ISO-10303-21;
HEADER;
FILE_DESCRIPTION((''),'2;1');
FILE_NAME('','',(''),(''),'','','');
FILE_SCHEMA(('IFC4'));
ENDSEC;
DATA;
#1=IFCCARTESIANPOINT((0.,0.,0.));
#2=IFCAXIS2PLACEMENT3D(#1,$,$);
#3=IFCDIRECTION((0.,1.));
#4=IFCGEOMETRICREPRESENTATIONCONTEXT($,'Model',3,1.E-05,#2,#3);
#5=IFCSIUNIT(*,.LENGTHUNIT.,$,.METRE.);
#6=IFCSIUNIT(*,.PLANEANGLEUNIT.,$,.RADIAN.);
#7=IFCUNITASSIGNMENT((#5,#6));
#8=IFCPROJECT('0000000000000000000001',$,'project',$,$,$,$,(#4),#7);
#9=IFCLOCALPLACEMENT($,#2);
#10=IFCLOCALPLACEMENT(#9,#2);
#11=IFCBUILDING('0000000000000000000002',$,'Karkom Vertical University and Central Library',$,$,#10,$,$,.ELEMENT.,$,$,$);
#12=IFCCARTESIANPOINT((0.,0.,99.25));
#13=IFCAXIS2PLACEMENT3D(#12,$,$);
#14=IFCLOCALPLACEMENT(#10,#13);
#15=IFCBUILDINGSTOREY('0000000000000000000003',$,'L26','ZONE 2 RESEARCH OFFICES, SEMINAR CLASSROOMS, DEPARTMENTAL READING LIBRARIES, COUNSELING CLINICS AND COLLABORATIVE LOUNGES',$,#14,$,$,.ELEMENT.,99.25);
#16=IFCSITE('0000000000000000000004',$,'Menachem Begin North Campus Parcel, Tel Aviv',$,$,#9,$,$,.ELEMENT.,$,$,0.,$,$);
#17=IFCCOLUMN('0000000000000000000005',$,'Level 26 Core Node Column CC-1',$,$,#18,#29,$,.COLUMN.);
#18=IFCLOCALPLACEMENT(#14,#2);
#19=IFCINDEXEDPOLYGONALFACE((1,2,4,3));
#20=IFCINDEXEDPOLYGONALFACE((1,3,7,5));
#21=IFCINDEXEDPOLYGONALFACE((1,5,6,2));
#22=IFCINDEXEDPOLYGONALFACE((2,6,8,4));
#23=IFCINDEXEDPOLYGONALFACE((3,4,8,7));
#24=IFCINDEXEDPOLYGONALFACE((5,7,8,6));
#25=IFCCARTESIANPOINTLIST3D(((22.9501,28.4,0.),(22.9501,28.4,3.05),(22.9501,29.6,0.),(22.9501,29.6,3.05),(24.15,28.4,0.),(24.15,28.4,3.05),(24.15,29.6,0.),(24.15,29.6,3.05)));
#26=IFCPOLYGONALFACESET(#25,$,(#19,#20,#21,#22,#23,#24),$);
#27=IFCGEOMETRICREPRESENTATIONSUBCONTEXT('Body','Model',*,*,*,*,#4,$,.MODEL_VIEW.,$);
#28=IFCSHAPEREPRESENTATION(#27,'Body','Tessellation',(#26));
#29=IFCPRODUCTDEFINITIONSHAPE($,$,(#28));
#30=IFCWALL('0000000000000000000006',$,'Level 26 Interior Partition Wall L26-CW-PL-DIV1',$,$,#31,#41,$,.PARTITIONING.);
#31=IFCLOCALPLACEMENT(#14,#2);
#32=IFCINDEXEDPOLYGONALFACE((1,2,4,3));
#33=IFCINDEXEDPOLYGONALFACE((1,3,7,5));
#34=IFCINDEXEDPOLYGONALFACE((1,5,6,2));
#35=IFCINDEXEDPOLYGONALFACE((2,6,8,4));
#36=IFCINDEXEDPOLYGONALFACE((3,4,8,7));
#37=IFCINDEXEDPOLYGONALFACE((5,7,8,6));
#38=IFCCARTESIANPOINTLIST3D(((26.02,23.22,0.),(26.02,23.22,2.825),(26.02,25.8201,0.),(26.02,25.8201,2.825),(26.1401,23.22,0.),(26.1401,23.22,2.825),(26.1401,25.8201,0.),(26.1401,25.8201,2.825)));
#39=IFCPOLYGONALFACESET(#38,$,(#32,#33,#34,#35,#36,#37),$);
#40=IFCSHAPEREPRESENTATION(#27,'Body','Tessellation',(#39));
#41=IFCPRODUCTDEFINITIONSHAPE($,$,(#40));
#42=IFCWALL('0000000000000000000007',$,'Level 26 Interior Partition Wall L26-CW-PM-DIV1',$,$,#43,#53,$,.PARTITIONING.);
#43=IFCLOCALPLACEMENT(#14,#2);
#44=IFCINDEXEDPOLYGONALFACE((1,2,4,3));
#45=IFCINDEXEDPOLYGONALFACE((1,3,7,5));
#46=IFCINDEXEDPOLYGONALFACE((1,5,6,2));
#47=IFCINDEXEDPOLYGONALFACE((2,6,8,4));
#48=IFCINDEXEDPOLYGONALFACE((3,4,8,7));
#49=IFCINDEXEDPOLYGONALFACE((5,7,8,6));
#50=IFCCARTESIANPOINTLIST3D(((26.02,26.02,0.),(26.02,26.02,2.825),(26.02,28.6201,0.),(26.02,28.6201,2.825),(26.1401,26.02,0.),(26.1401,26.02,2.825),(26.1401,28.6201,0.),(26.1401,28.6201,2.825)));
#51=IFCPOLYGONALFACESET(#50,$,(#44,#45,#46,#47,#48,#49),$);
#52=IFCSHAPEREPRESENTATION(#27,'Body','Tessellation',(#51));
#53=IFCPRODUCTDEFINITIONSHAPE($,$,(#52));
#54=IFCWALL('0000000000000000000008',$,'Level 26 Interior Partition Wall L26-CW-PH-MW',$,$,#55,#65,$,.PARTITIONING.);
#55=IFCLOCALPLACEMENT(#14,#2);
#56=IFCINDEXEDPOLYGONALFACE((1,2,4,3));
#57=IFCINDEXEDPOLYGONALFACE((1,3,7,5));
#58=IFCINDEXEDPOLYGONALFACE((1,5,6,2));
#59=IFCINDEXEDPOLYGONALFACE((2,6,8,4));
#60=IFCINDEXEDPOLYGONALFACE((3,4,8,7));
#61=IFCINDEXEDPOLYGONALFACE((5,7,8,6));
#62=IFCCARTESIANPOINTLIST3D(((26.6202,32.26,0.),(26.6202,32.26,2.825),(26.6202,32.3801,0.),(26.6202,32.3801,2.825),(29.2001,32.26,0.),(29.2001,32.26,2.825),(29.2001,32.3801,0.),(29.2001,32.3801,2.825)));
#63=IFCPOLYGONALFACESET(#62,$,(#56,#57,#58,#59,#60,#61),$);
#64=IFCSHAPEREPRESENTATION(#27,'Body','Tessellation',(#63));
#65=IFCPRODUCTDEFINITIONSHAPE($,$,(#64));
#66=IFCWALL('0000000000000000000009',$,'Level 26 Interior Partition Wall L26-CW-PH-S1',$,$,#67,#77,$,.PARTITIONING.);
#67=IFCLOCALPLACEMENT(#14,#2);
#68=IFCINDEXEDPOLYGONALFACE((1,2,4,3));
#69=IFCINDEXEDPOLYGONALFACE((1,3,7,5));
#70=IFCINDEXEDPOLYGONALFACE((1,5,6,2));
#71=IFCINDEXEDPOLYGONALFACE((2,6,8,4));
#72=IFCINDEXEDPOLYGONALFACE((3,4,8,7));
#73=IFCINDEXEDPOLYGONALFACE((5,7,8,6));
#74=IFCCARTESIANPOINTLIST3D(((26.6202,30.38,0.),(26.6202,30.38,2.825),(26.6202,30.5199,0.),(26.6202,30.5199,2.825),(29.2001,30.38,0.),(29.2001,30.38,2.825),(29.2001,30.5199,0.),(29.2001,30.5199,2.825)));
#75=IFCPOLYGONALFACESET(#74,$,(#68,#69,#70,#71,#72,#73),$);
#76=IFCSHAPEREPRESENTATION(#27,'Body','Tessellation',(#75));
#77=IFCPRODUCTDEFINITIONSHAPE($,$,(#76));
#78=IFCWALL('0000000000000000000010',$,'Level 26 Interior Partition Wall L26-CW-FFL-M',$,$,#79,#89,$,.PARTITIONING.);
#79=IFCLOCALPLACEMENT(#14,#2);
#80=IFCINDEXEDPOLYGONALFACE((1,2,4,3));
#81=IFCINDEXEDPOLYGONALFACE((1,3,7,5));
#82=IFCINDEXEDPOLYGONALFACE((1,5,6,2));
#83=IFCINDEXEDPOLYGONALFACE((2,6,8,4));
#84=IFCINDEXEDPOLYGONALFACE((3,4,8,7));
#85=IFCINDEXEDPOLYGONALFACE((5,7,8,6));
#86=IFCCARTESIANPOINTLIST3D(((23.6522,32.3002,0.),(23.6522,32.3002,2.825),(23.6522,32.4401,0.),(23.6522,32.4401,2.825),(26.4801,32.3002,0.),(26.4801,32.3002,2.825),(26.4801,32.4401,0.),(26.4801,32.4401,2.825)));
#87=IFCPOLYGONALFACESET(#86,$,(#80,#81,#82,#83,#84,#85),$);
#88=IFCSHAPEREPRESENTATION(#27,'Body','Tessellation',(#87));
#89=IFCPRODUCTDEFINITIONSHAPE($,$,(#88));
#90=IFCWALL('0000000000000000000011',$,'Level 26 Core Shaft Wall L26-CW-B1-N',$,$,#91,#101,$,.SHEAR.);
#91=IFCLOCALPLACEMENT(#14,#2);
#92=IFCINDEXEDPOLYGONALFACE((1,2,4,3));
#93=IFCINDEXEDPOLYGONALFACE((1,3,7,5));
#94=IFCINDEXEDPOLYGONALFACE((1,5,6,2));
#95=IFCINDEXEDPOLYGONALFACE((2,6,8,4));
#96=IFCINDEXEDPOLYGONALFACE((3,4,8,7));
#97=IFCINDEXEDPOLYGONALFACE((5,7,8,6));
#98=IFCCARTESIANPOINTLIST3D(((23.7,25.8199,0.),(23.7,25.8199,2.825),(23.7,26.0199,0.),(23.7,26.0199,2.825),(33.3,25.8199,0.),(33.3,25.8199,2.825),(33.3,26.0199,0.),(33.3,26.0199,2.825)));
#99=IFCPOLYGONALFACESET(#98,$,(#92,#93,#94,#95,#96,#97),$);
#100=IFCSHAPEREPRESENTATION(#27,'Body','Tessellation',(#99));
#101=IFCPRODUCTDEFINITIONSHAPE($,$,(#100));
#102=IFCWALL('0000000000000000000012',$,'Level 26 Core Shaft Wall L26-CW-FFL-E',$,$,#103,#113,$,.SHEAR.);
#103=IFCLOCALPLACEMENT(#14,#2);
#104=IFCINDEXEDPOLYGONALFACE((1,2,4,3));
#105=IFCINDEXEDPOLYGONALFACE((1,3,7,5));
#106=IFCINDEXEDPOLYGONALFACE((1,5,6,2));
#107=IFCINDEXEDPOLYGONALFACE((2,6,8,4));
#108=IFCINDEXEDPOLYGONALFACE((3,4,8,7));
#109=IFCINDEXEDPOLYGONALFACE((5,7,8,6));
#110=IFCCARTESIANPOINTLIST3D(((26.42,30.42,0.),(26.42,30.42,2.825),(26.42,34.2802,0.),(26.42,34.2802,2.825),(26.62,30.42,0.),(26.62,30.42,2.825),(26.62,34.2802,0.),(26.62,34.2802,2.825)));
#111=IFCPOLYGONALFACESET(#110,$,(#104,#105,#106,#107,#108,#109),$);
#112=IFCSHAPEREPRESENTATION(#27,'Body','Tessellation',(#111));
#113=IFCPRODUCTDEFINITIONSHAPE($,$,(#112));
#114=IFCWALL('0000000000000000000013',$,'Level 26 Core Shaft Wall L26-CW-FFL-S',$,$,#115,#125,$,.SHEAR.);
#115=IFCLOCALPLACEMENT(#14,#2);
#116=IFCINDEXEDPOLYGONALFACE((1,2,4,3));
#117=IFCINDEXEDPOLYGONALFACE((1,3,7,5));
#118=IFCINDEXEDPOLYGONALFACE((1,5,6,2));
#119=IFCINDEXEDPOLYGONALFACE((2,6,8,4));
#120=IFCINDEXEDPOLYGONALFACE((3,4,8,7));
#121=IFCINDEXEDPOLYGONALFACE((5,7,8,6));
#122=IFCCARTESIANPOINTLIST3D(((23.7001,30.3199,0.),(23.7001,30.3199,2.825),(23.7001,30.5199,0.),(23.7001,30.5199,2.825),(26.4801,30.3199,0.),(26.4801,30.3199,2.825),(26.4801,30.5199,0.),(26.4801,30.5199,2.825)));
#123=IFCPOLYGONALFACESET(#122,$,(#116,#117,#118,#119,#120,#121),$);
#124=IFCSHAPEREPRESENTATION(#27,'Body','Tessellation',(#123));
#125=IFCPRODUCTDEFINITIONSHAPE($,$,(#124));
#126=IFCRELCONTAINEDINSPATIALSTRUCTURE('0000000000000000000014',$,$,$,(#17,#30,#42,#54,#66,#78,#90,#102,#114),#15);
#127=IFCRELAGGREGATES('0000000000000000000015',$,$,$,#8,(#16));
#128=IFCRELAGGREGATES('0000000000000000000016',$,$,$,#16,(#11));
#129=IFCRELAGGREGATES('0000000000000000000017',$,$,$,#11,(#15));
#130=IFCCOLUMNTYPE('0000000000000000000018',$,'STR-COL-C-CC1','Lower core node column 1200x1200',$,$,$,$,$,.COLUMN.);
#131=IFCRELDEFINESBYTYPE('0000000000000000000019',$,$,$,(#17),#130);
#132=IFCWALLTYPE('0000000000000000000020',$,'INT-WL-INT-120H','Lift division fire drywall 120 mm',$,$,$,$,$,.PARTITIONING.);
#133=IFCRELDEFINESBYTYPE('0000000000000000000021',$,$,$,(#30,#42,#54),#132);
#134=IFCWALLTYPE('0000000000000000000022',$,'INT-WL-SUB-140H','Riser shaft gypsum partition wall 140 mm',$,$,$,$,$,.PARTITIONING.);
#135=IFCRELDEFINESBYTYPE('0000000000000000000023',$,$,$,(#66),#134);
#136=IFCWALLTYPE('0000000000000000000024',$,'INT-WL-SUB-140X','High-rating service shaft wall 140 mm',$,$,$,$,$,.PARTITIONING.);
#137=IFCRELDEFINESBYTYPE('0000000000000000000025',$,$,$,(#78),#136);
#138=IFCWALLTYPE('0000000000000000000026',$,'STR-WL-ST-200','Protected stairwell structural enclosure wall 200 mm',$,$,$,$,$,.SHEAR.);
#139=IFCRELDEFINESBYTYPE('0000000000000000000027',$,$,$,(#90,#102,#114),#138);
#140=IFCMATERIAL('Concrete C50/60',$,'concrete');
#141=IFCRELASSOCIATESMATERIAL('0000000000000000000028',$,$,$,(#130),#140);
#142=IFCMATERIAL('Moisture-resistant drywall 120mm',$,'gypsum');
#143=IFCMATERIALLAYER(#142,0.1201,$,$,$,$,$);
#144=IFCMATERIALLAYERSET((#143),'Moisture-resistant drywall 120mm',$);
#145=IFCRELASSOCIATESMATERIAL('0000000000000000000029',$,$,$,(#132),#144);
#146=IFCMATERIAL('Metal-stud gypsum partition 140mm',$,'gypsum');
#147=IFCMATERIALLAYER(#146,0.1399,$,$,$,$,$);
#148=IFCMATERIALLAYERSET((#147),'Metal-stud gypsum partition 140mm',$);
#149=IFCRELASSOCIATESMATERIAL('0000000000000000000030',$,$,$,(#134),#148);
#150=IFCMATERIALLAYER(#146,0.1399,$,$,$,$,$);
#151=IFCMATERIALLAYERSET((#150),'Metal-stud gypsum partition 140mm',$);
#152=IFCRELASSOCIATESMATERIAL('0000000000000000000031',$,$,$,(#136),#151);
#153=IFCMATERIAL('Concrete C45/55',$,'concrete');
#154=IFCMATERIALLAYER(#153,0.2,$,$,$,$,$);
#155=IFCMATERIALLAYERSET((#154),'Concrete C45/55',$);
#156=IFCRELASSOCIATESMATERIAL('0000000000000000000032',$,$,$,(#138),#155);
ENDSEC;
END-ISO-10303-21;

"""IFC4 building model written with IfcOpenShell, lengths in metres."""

from ifc_helpers import new_model, si_unit, direction, frame, frame_2d, origin, origin_with_axes, origin_2d, place, context, subcontext, project, spatial, rectangle, extrude, source, transform, mapped, material, layer, layer_set, material_profile, profile_set, type_object, element, save


model = new_model("IFC4")

# Units and contexts
model_context = context("Model", 3, precision=1e-05, world=origin(), true_north=direction((0.0, 1.0)))
body_context = subcontext(model_context, "Body", "Model", "MODEL_VIEW")
ifc_project = project(units=[si_unit("LENGTHUNIT", "METRE"), si_unit("PLANEANGLEUNIT", "RADIAN")], contexts=[model_context])

# Site, building, storey
site_placement = place(None, origin())
site = spatial("IfcSite", under=ifc_project, at=site_placement, Name="Menachem Begin North Campus Parcel, Tel Aviv", CompositionType="ELEMENT", RefElevation=0.0)
building_placement = place(site_placement, origin())
building = spatial("IfcBuilding", under=site, at=building_placement, Name="Karkom Vertical University and Central Library", CompositionType="ELEMENT")
storey_placement = place(building_placement, frame((0.0, 0.0, 99.25)))
storey = spatial("IfcBuildingStorey", under=building, at=storey_placement, Name="L26", Description="ZONE 2 RESEARCH OFFICES, SEMINAR CLASSROOMS, DEPARTMENTAL READING LIBRARIES, COUNSELING CLINICS AND COLLABORATIVE LOUNGES", CompositionType="ELEMENT", Elevation=99.25)

# Column
ifc_material_1 = material(Name="Concrete C50/60", Category="concrete")
ifc_material_profile = material_profile(ifc_material_1, rectangle(XDim=1.2, YDim=1.2, at=origin_2d()), Name="RC-1200x1200")
ifc_profile_set = profile_set([ifc_material_profile], Name="Concrete C50/60")
column_type = type_object("IfcColumnType", Name="STR-COL-C-CC1", Description="Lower core node column 1200x1200", PredefinedType="COLUMN", material=ifc_profile_set)
shared_shape_1 = source(origin_with_axes(), body_context, "Body", "SweptSolid", [
    extrude(rectangle(XDim=1.2, YDim=1.2, at=origin_2d()), origin(), (0.0, 0.0, 1.0), 3.05),
])
column_placement = place(storey_placement, frame((23.55, 29.0, 0.0), z_axis=(0.0, 0.0, 1.0), x_axis=(1.0, 0.0, 0.0)))
element("IfcColumn", 1, at=column_placement, inside=storey, type_object=column_type, Name="Level 26 Core Node Column CC-1", PredefinedType="COLUMN", context=body_context, shape_type="MappedRepresentation", body=[
    mapped(shared_shape_1, transform((0.0, 0.0, 0.0), scale=1.0)),
])

# Walls
ifc_material_2 = material(Name="Moisture-resistant drywall 120mm", Category="gypsum")
ifc_layer_1 = layer(ifc_material_2, 0.1201)
ifc_layer_set_1 = layer_set([ifc_layer_1], Name="Moisture-resistant drywall 120mm")
wall_type_1 = type_object("IfcWallType", Name="INT-WL-INT-120H", Description="Lift division fire drywall 120 mm", PredefinedType="PARTITIONING", material=ifc_layer_set_1)
for number, where, z_axis, x_axis, name in (
    (2, (26.0801, 23.22, 0.0), (0.0, 0.0, 1.0), (0.0, 1.0, 0.0), "Level 26 Interior Partition Wall L26-CW-PL-DIV1"),
    (3, (26.0801, 26.02, 0.0), (0.0, 0.0, 1.0), (0.0, 1.0, 0.0), "Level 26 Interior Partition Wall L26-CW-PM-DIV1"),
):
    element("IfcWall", number, at=place(storey_placement, frame(where, z_axis=z_axis, x_axis=x_axis)), inside=storey, type_object=wall_type_1, Name=name, PredefinedType="PARTITIONING", context=body_context, shape_type="SweptSolid", body=[
        extrude(rectangle(XDim=2.6001, YDim=0.1201, at=frame_2d((1.3, 0.0))), origin(), (0.0, 0.0, 1.0), 2.825),
    ])
wall_1_placement = place(storey_placement, frame((26.6201, 32.3201, 0.0), z_axis=(0.0, 0.0, 1.0), x_axis=(1.0, 0.0, 0.0)))
element("IfcWall", 4, at=wall_1_placement, inside=storey, type_object=wall_type_1, Name="Level 26 Interior Partition Wall L26-CW-PH-MW", PredefinedType="PARTITIONING", context=body_context, shape_type="SweptSolid", body=[
    extrude(rectangle(XDim=2.5798, YDim=0.1201, at=frame_2d((1.29, 0.0))), origin(), (0.0, 0.0, 1.0), 2.825),
])
ifc_material_3 = material(Name="Metal-stud gypsum partition 140mm", Category="gypsum")
ifc_layer_2 = layer(ifc_material_3, 0.1399)
ifc_layer_set_2 = layer_set([ifc_layer_2], Name="Metal-stud gypsum partition 140mm")
wall_type_2 = type_object("IfcWallType", Name="INT-WL-SUB-140H", Description="Riser shaft gypsum partition wall 140 mm", PredefinedType="PARTITIONING", material=ifc_layer_set_2)
wall_2_placement = place(storey_placement, frame((26.6201, 30.45, 0.0), z_axis=(0.0, 0.0, 1.0), x_axis=(1.0, 0.0, 0.0)))
element("IfcWall", 5, at=wall_2_placement, inside=storey, type_object=wall_type_2, Name="Level 26 Interior Partition Wall L26-CW-PH-S1", PredefinedType="PARTITIONING", context=body_context, shape_type="SweptSolid", body=[
    extrude(rectangle(XDim=2.5798, YDim=0.1399, at=frame_2d((1.29, 0.0))), origin(), (0.0, 0.0, 1.0), 2.825),
])
ifc_layer_3 = layer(ifc_material_3, 0.1399)
ifc_layer_set_3 = layer_set([ifc_layer_3], Name="Metal-stud gypsum partition 140mm")
wall_type_3 = type_object("IfcWallType", Name="INT-WL-SUB-140X", Description="High-rating service shaft wall 140 mm", PredefinedType="PARTITIONING", material=ifc_layer_set_3)
wall_3_placement = place(storey_placement, frame((23.6521, 32.3701, 0.0), z_axis=(0.0, 0.0, 1.0), x_axis=(1.0, 0.0, 0.0)))
element("IfcWall", 6, at=wall_3_placement, inside=storey, type_object=wall_type_3, Name="Level 26 Interior Partition Wall L26-CW-FFL-M", PredefinedType="PARTITIONING", context=body_context, shape_type="SweptSolid", body=[
    extrude(rectangle(XDim=2.8279, YDim=0.1399, at=frame_2d((1.4141, 0.0))), origin(), (0.0, 0.0, 1.0), 2.825),
])

# Shared definitions
ifc_material_4 = material(Name="Concrete C45/55", Category="concrete")
ifc_layer_4 = layer(ifc_material_4, 0.2)
ifc_layer_set_4 = layer_set([ifc_layer_4], Name="Concrete C45/55")
wall_type_4 = type_object("IfcWallType", Name="STR-WL-ST-200", Description="Protected stairwell structural enclosure wall 200 mm", PredefinedType="SHEAR", material=ifc_layer_set_4)

# Wall
wall_4_placement = place(storey_placement, frame((23.7, 25.9199, 0.0), z_axis=(0.0, 0.0, 1.0), x_axis=(1.0, 0.0, 0.0)))
element("IfcWall", 7, at=wall_4_placement, inside=storey, type_object=wall_type_4, Name="Level 26 Core Shaft Wall L26-CW-B1-N", PredefinedType="SHEAR", context=body_context, shape_type="SweptSolid", body=[
    extrude(rectangle(XDim=9.6001, YDim=0.2, at=frame_2d((4.8, 0.0))), origin(), (0.0, 0.0, 1.0), 2.825),
])

# Walls
wall_5_placement = place(storey_placement, frame((26.52, 30.4199, 0.0), z_axis=(0.0, 0.0, 1.0), x_axis=(0.0, 1.0, 0.0)))
element("IfcWall", 8, at=wall_5_placement, inside=storey, type_object=wall_type_4, Name="Level 26 Core Shaft Wall L26-CW-FFL-E", PredefinedType="SHEAR", context=body_context, shape_type="SweptSolid", body=[
    extrude(rectangle(XDim=3.8601, YDim=0.2, at=frame_2d((1.9302, 0.0))), origin(), (0.0, 0.0, 1.0), 2.825),
])
wall_6_placement = place(storey_placement, frame((23.7, 30.4199, 0.0), z_axis=(0.0, 0.0, 1.0), x_axis=(1.0, 0.0, 0.0)))
element("IfcWall", 9, at=wall_6_placement, inside=storey, type_object=wall_type_4, Name="Level 26 Core Shaft Wall L26-CW-FFL-S", PredefinedType="SHEAR", context=body_context, shape_type="SweptSolid", body=[
    extrude(rectangle(XDim=2.78, YDim=0.2, at=frame_2d((1.3901, 0.0))), origin(), (0.0, 0.0, 1.0), 2.825),
])

save(model, "model.ifc")
